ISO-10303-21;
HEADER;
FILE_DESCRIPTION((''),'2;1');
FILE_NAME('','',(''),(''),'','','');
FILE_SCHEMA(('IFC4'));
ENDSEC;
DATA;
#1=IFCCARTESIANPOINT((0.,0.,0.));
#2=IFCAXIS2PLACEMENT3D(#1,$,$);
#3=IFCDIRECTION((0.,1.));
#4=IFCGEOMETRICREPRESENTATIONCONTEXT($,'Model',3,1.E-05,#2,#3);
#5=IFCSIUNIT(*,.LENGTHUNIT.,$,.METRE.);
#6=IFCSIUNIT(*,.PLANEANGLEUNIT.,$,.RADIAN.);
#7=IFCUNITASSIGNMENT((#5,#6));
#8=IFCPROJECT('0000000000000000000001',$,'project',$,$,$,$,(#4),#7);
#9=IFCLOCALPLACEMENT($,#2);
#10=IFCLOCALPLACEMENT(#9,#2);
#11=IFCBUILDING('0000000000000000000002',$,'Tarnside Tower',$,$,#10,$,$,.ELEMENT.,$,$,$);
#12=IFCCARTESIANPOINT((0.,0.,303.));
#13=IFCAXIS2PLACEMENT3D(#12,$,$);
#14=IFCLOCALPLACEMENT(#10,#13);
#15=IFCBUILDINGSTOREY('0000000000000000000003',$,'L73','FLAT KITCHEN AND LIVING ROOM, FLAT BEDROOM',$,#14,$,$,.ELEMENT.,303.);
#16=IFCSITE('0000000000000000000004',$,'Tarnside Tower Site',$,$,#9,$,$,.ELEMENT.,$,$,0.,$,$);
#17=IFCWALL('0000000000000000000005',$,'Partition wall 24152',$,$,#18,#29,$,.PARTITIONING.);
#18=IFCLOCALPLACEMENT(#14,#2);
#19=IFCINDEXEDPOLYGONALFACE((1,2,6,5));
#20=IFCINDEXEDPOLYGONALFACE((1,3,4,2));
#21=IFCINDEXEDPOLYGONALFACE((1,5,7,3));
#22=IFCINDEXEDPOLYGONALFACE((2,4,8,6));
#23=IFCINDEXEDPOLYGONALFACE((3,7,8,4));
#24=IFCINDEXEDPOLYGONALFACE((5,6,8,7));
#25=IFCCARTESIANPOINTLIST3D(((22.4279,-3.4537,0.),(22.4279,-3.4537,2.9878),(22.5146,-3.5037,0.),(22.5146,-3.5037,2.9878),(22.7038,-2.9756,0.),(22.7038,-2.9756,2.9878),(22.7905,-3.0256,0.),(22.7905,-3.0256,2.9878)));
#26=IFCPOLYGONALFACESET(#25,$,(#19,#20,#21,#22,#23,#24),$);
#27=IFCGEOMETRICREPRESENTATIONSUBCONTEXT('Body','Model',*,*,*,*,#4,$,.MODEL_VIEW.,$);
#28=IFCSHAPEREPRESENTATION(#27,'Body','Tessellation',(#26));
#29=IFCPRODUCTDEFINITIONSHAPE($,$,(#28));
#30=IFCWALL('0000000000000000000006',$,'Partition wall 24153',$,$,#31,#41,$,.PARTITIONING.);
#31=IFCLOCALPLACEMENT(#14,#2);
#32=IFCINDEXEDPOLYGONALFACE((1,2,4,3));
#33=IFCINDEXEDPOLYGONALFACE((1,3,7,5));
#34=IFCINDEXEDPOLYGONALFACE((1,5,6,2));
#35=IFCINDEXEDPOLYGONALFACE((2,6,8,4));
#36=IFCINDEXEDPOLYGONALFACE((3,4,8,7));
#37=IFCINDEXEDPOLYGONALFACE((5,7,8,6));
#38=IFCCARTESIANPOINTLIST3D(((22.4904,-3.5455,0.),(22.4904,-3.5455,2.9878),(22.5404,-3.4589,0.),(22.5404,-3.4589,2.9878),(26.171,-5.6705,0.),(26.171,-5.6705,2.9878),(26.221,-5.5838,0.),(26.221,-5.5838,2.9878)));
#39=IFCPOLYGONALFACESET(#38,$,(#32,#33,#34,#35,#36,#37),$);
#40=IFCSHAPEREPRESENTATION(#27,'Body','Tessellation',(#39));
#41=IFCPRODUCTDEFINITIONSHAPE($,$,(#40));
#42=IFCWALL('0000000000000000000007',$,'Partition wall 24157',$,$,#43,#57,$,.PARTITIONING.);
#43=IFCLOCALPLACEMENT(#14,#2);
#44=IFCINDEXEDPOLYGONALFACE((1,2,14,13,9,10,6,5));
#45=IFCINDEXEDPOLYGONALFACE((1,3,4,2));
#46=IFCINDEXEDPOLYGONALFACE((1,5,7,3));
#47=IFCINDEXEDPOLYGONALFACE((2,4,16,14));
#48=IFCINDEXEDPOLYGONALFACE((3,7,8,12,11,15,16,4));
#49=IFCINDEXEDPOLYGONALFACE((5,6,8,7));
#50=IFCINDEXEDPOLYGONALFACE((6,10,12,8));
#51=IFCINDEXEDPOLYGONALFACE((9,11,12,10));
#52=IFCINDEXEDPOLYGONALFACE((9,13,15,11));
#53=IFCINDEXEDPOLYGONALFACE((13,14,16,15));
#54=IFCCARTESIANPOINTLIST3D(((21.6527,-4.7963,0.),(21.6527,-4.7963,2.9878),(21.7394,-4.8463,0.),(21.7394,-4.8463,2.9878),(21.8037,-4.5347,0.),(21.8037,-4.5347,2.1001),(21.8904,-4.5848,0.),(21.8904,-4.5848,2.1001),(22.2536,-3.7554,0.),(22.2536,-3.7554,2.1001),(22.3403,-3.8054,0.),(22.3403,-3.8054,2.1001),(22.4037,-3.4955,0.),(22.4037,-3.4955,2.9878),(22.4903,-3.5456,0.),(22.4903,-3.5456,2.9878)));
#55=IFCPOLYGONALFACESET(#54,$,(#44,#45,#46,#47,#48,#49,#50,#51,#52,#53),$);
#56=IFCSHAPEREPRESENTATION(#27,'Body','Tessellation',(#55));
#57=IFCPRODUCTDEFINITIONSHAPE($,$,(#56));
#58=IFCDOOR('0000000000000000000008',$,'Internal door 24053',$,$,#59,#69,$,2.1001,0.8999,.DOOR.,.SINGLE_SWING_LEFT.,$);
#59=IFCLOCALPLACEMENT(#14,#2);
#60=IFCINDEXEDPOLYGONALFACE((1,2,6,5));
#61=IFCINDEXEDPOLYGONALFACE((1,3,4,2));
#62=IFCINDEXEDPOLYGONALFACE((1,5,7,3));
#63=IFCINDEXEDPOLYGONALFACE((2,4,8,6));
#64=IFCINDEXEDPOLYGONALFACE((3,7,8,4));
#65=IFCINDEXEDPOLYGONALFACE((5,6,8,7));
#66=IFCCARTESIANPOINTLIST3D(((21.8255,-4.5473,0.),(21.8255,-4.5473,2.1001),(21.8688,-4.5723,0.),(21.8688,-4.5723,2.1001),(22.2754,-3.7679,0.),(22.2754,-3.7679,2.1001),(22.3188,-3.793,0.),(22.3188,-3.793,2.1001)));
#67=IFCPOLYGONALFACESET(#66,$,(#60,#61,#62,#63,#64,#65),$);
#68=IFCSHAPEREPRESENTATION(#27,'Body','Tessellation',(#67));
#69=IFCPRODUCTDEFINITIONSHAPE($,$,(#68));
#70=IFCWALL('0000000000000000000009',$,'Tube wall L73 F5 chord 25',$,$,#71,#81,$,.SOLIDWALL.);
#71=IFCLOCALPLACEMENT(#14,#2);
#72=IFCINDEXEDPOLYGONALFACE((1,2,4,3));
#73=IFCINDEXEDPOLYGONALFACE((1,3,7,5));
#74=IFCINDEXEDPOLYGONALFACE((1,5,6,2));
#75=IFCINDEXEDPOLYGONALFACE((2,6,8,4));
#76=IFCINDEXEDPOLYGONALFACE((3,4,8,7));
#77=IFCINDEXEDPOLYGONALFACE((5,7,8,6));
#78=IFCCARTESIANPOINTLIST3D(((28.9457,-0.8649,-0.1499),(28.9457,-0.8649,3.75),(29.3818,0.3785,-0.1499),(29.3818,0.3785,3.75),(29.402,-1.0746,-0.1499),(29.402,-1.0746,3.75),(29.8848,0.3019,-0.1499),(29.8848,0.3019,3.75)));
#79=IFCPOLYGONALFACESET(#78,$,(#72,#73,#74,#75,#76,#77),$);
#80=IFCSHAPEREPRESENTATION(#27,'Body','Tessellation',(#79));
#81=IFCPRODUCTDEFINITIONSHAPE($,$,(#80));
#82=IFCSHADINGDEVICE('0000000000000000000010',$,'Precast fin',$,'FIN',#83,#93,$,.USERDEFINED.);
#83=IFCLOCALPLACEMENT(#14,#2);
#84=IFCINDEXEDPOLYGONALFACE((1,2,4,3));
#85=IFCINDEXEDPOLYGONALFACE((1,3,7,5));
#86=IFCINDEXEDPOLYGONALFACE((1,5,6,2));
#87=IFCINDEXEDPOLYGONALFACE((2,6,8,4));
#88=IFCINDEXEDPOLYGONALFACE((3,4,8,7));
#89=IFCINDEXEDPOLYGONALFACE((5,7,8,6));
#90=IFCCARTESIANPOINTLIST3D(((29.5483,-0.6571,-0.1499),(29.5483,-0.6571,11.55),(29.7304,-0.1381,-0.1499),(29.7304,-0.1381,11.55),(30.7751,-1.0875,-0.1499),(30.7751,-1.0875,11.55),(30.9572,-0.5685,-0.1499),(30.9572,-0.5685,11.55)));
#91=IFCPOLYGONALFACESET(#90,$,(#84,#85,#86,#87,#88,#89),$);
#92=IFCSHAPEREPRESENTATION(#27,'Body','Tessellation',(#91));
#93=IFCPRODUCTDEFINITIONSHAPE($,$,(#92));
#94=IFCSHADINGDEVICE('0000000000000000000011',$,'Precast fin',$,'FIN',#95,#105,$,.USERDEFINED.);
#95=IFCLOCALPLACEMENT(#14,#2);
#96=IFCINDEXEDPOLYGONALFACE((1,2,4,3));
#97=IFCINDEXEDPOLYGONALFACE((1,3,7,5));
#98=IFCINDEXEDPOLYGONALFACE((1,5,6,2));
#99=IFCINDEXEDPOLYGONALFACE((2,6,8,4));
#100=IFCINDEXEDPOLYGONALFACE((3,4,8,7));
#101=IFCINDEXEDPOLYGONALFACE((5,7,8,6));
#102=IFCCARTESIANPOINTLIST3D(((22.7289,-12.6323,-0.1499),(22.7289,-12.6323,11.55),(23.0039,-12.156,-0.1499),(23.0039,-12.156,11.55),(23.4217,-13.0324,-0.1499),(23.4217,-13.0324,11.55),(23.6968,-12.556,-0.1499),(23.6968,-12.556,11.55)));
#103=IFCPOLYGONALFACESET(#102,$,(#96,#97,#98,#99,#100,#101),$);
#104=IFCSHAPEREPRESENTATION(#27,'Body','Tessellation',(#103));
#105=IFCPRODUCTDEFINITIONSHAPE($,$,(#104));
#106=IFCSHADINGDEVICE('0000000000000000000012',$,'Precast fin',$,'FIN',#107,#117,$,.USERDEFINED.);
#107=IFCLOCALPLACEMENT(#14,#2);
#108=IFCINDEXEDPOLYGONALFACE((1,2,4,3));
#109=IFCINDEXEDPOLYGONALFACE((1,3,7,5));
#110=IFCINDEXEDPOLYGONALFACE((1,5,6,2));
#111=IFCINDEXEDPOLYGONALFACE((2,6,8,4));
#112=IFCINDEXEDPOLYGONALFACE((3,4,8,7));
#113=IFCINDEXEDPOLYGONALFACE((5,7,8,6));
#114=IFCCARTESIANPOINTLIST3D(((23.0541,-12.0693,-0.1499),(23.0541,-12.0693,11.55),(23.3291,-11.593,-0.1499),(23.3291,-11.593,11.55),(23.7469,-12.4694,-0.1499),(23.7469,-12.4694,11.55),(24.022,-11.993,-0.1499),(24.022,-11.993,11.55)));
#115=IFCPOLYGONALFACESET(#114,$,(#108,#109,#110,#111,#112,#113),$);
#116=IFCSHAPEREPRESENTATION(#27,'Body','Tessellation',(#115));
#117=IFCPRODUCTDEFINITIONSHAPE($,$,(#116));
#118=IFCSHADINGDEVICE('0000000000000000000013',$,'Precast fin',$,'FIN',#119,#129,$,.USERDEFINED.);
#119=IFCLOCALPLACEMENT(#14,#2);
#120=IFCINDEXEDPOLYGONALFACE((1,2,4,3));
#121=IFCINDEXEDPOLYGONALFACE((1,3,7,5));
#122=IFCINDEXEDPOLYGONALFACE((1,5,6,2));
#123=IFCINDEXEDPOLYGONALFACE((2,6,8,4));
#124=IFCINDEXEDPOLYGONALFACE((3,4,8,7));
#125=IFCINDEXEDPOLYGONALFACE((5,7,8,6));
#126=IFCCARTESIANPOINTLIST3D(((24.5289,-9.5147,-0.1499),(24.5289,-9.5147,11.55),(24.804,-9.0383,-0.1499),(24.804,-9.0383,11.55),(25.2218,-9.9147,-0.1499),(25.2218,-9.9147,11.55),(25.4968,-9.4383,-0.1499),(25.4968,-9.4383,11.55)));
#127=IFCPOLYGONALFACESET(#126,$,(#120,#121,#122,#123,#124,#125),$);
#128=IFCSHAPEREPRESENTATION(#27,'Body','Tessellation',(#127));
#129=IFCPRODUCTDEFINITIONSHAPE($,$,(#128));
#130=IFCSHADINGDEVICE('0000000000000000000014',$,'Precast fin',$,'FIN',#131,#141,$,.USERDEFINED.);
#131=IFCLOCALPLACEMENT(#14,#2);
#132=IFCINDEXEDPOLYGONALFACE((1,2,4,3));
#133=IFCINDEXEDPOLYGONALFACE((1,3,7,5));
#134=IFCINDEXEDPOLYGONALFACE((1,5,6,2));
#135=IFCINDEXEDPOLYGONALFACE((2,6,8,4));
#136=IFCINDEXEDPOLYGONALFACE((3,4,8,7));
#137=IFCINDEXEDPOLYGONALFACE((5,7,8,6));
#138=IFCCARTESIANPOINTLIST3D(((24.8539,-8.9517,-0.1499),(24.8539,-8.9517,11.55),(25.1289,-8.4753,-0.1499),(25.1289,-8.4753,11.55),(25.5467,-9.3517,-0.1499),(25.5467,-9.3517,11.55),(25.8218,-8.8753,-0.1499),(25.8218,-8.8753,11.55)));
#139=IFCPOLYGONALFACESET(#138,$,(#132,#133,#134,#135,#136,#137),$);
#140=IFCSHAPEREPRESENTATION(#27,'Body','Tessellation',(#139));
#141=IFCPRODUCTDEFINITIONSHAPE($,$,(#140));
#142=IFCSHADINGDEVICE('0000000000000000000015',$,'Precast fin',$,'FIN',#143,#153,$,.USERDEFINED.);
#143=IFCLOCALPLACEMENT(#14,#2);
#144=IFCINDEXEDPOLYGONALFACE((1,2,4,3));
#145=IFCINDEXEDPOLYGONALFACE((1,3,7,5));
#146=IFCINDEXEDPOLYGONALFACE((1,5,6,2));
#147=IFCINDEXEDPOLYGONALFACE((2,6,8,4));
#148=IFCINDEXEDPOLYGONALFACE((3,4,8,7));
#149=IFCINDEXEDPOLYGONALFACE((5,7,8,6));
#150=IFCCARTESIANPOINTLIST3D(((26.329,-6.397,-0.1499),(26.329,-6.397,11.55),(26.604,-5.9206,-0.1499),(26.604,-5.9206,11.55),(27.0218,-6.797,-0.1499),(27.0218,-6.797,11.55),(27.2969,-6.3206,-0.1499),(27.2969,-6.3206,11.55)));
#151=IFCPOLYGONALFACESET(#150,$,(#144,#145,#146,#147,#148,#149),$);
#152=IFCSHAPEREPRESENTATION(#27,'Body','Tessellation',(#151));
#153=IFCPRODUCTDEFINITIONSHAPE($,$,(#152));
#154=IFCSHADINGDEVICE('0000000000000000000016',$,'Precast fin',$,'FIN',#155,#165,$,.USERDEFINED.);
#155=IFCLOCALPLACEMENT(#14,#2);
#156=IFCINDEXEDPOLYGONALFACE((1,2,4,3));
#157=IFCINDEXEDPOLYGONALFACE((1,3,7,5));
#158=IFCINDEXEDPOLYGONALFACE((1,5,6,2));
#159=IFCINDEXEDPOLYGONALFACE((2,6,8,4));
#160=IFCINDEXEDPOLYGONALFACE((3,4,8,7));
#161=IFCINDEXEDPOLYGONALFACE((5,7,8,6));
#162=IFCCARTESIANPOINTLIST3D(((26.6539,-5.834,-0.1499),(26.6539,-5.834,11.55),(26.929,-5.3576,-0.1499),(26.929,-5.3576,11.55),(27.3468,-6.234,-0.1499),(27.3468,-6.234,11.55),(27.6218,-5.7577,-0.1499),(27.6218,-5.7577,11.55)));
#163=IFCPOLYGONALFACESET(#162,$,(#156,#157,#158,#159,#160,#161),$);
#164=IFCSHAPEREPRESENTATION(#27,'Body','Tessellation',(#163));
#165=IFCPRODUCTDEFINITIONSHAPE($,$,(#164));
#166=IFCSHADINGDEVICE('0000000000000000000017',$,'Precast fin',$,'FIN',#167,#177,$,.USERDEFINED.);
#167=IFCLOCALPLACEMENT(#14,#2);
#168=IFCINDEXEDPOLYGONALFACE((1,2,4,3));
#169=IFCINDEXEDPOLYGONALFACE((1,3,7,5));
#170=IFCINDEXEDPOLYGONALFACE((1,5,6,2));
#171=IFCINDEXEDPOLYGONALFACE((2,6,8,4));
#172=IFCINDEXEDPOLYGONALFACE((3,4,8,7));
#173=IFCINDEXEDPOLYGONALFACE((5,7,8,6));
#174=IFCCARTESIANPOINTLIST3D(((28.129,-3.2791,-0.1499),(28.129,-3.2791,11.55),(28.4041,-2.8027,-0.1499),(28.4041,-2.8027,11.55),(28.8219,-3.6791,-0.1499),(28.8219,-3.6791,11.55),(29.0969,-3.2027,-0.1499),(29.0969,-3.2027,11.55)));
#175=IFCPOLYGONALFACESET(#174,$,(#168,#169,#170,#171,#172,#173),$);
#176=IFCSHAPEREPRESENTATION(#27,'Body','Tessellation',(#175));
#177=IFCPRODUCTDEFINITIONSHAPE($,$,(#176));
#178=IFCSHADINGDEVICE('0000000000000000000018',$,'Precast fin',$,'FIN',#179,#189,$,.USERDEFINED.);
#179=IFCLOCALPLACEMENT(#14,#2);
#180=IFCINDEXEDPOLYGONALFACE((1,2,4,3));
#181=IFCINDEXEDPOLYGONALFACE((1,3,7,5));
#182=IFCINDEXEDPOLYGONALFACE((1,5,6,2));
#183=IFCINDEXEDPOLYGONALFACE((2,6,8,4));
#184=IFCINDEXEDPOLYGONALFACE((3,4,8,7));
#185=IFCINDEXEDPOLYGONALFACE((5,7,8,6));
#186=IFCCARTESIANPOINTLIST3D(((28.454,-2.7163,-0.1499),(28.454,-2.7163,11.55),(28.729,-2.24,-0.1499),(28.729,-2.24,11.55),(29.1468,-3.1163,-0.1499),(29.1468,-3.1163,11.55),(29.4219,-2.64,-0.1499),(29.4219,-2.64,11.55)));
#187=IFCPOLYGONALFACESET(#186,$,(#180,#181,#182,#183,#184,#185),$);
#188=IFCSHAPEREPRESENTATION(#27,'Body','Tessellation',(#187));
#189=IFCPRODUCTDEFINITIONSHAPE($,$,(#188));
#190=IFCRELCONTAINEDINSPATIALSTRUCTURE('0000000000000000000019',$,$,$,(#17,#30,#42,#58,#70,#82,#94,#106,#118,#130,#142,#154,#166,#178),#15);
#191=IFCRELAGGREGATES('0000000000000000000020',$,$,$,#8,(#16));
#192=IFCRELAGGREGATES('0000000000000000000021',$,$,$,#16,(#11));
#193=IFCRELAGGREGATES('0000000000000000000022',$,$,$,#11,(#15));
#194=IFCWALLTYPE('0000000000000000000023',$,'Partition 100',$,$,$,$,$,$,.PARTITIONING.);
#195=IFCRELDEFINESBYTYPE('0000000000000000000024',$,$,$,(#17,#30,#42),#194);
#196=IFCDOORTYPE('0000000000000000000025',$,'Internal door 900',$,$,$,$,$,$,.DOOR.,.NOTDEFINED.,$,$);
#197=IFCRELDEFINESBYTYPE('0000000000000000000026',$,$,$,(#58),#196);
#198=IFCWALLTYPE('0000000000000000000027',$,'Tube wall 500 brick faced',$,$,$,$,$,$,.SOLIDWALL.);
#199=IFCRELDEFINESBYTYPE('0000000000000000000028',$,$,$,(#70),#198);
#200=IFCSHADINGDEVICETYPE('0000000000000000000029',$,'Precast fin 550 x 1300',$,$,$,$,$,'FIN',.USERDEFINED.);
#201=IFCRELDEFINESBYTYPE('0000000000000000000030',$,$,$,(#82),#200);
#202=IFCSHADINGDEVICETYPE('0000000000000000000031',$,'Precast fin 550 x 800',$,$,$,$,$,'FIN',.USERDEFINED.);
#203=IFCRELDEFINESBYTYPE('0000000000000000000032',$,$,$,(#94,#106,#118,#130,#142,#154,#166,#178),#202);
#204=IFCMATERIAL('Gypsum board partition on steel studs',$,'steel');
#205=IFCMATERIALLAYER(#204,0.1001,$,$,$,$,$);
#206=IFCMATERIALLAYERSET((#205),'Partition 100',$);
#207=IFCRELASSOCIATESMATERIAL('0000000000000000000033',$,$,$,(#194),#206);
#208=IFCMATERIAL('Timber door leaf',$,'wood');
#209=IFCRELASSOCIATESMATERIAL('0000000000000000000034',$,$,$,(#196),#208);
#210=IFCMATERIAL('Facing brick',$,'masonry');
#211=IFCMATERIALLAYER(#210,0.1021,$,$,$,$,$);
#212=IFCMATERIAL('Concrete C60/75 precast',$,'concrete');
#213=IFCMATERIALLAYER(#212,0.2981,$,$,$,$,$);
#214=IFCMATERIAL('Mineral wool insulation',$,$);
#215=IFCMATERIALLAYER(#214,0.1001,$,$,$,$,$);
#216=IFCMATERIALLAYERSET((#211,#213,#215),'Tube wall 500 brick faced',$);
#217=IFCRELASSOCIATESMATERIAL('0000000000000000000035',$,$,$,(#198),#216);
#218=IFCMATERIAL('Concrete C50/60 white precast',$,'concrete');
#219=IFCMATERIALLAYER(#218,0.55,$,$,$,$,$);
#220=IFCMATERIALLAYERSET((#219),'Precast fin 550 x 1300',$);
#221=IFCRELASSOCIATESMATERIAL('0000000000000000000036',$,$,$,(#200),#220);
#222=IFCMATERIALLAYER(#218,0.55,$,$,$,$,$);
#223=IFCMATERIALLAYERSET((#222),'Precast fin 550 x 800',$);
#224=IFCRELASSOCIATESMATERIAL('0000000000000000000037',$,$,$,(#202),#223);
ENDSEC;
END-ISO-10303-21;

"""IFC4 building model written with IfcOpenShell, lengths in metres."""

from ifc_helpers import new_model, si_unit, direction, frame, frame_2d, origin, place, context, subcontext, project, spatial, polyline, rectangle, outline, extrude, material, layer, layer_set, type_object, element, fill, save


model = new_model("IFC4")

# Units and contexts
model_context = context("Model", 3, precision=1e-05, world=origin(), true_north=direction((0.0, 1.0)))
body_context = subcontext(model_context, "Body", "Model", "MODEL_VIEW")
ifc_project = project(units=[si_unit("LENGTHUNIT", "METRE"), si_unit("PLANEANGLEUNIT", "RADIAN")], contexts=[model_context])

# Site, building, storey
site_placement = place(None, origin())
site = spatial("IfcSite", under=ifc_project, at=site_placement, Name="Tarnside Tower Site", CompositionType="ELEMENT", RefElevation=0.0)
building_placement = place(site_placement, origin())
building = spatial("IfcBuilding", under=site, at=building_placement, Name="Tarnside Tower", CompositionType="ELEMENT")
storey_placement = place(building_placement, frame((0.0, 0.0, 303.0)))
storey = spatial("IfcBuildingStorey", under=building, at=storey_placement, Name="L73", Description="FLAT KITCHEN AND LIVING ROOM, FLAT BEDROOM", CompositionType="ELEMENT", Elevation=303.0)

# Shared definitions
ifc_material_1 = material(Name="Gypsum board partition on steel studs", Category="steel")
ifc_material_2 = material(Name="Timber door leaf", Category="wood")

# Shared definitions
ifc_layer_1 = layer(ifc_material_1, 0.1001)
ifc_layer_set_1 = layer_set([ifc_layer_1], Name="Partition 100")
wall_type_1 = type_object("IfcWallType", Name="Partition 100", PredefinedType="PARTITIONING", material=ifc_layer_set_1)
door_type_1 = type_object("IfcDoorType", Name="Internal door 900", OperationType="NOTDEFINED", PredefinedType="DOOR", material=ifc_material_2)

# Walls
wall_1_placement = place(storey_placement, frame((22.7471, -3.0007, 0.0), z_axis=(0.0, 0.0, 1.0), x_axis=(-0.49985, -0.866112, 0.0)))
element("IfcWall", 1, at=wall_1_placement, inside=storey, type_object=wall_type_1, Name="Partition wall 24152", PredefinedType="PARTITIONING", context=body_context, shape_type="SweptSolid", body=[
    extrude(rectangle(XDim=0.552, YDim=0.1001, at=frame_2d((0.2759, 0.0))), origin(), (0.0, 0.0, 1.0), 2.9878),
])
wall_2_placement = place(storey_placement, frame((22.5154, -3.5022, 0.0), z_axis=(0.0, 0.0, 1.0), x_axis=(0.866029, -0.499994, 0.0)))
element("IfcWall", 2, at=wall_2_placement, inside=storey, type_object=wall_type_1, Name="Partition wall 24153", PredefinedType="PARTITIONING", context=body_context, shape_type="SweptSolid", body=[
    extrude(rectangle(XDim=4.25, YDim=0.1001, at=frame_2d((2.125, 0.0))), origin(), (0.0, 0.0, 1.0), 2.9878),
])

# Wall, opening, door
wall_3_placement = place(storey_placement, frame((21.696, -4.8213, 0.0), z_axis=(0.0, 0.0, 1.0), x_axis=(0.499985, 0.866034, 0.0)))
wall_3 = element("IfcWall", 3, at=wall_3_placement, inside=storey, type_object=wall_type_1, Name="Partition wall 24157", PredefinedType="PARTITIONING", context=body_context, shape_type="SweptSolid", body=[
    extrude(rectangle(XDim=1.502, YDim=0.1001, at=frame_2d((0.751, 0.0))), origin(), (0.0, 0.0, 1.0), 2.9878),
])
opening_1_placement = place(wall_3_placement, frame((0.302, 0.0, 0.0)))
opening_1 = element("IfcOpeningElement", 4, at=opening_1_placement, cuts=wall_3, PredefinedType="OPENING", context=body_context, shape_type="SweptSolid", body=[
    extrude(rectangle(XDim=0.8999, YDim=2.1001, at=frame_2d((0.45, 1.05))), frame((0.0, 0.0601, 0.0), z_axis=(0.0, -1.0, 0.0), x_axis=(1.0, 0.0, 0.0)), (0.0, 0.0, 1.0), 0.1201),
])
door_1_placement = place(opening_1_placement, origin())
door_1 = element("IfcDoor", 5, at=door_1_placement, inside=storey, type_object=door_type_1, Name="Internal door 24053", OperationType="SINGLE_SWING_LEFT", OverallHeight=2.1001, OverallWidth=0.8999, PredefinedType="DOOR", context=body_context, shape_type="SweptSolid", body=[
    extrude(rectangle(XDim=0.8999, YDim=2.1001, at=frame_2d((0.45, 1.05))), frame((0.0, 0.0249, 0.0), z_axis=(0.0, -1.0, 0.0), x_axis=(1.0, 0.0, 0.0)), (0.0, 0.0, 1.0), 0.05),
])
fill(opening_1, door_1)

# Wall
ifc_material_3 = material(Name="Facing brick", Category="masonry")
ifc_layer_2 = layer(ifc_material_3, 0.1021)
ifc_material_4 = material(Name="Concrete C60/75 precast", Category="concrete")
ifc_layer_3 = layer(ifc_material_4, 0.2981)
ifc_material_5 = material(Name="Mineral wool insulation")
ifc_layer_4 = layer(ifc_material_5, 0.1001)
ifc_layer_set_2 = layer_set([ifc_layer_2, ifc_layer_3, ifc_layer_4], Name="Tube wall 500 brick faced")
wall_type_2 = type_object("IfcWallType", Name="Tube wall 500 brick faced", PredefinedType="SOLIDWALL", material=ifc_layer_set_2)
wall_4_placement = place(storey_placement, frame((29.1738, -0.9697, -0.1499), z_axis=(0.0, 0.0, 1.0), x_axis=(0.330961, 0.943644, 0.0)))
element("IfcWall", 6, at=wall_4_placement, inside=storey, type_object=wall_type_2, Name="Tube wall L73 F5 chord 25", PredefinedType="SOLIDWALL", context=body_context, shape_type="SweptSolid", body=[
    extrude(outline(polyline([(-0.0234, -0.25), (1.4353, -0.25), (1.3411, 0.25), (0.0234, 0.25), (-0.0234, -0.25)])), origin(), (0.0, 0.0, 1.0), 3.8999),
])

# Shading devices
ifc_material_6 = material(Name="Concrete C50/60 white precast", Category="concrete")
ifc_layer_5 = layer(ifc_material_6, 0.55)
ifc_layer_set_3 = layer_set([ifc_layer_5], Name="Precast fin 550 x 1300")
shading_device_type_1 = type_object("IfcShadingDeviceType", Name="Precast fin 550 x 1300", ElementType="FIN", PredefinedType="USERDEFINED", material=ifc_layer_set_3)
shading_device_placement = place(storey_placement, frame((29.6394, -0.3975, -0.1499), z_axis=(-0.331063, -0.943609, 0.0), x_axis=(0.943609, -0.331063, 0.0)))
element("IfcShadingDevice", 7, at=shading_device_placement, inside=storey, type_object=shading_device_type_1, Name="Precast fin", ObjectType="FIN", PredefinedType="USERDEFINED", context=body_context, shape_type="SweptSolid", body=[
    extrude(outline(polyline([(0.0, 0.0), (1.3, 0.0), (1.3, 11.7), (0.0, 11.7), (0.0, 0.0)])), frame((0.0, 0.0, -0.2749)), (0.0, 0.0, 1.0), 0.55),
])
ifc_layer_6 = layer(ifc_material_6, 0.55)
ifc_layer_set_4 = layer_set([ifc_layer_6], Name="Precast fin 550 x 800")
shading_device_type_2 = type_object("IfcShadingDeviceType", Name="Precast fin 550 x 800", ElementType="FIN", PredefinedType="USERDEFINED", material=ifc_layer_set_4)
for number, where, z_axis, x_axis, name in (
    (8, (22.8665, -12.394, -0.1499), (-0.5, -0.866025, 0.0), (0.866025, -0.5, 0.0), "Precast fin"),
    (9, (23.1917, -11.8311, -0.1499), (-0.5, -0.866025, 0.0), (0.866025, -0.5, 0.0), "Precast fin"),
    (10, (24.6665, -9.2764, -0.1499), (-0.5, -0.866025, 0.0), (0.866025, -0.5, 0.0), "Precast fin"),
    (11, (24.9915, -8.7134, -0.1499), (-0.5, -0.866025, 0.0), (0.866025, -0.5, 0.0), "Precast fin"),
    (12, (26.4666, -6.1587, -0.1499), (-0.5, -0.866025, 0.0), (0.866025, -0.5, 0.0), "Precast fin"),
    (13, (26.7915, -5.5957, -0.1499), (-0.5, -0.866025, 0.0), (0.866025, -0.5, 0.0), "Precast fin"),
    (14, (28.2666, -3.0408, -0.1499), (-0.5, -0.866025, 0.0), (0.866025, -0.5, 0.0), "Precast fin"),
    (15, (28.5916, -2.478, -0.1499), (-0.5, -0.866025, 0.0), (0.866025, -0.5, 0.0), "Precast fin"),
):
    element("IfcShadingDevice", number, at=place(storey_placement, frame(where, z_axis=z_axis, x_axis=x_axis)), inside=storey, type_object=shading_device_type_2, Name=name, ObjectType="FIN", PredefinedType="USERDEFINED", context=body_context, shape_type="SweptSolid", body=[
        extrude(outline(polyline([(0.0, 0.0), (0.8, 0.0), (0.8, 11.7), (0.0, 11.7), (0.0, 0.0)])), frame((0.0, 0.0, -0.2749)), (0.0, 0.0, 1.0), 0.55),
    ])

save(model, "model.ifc")
